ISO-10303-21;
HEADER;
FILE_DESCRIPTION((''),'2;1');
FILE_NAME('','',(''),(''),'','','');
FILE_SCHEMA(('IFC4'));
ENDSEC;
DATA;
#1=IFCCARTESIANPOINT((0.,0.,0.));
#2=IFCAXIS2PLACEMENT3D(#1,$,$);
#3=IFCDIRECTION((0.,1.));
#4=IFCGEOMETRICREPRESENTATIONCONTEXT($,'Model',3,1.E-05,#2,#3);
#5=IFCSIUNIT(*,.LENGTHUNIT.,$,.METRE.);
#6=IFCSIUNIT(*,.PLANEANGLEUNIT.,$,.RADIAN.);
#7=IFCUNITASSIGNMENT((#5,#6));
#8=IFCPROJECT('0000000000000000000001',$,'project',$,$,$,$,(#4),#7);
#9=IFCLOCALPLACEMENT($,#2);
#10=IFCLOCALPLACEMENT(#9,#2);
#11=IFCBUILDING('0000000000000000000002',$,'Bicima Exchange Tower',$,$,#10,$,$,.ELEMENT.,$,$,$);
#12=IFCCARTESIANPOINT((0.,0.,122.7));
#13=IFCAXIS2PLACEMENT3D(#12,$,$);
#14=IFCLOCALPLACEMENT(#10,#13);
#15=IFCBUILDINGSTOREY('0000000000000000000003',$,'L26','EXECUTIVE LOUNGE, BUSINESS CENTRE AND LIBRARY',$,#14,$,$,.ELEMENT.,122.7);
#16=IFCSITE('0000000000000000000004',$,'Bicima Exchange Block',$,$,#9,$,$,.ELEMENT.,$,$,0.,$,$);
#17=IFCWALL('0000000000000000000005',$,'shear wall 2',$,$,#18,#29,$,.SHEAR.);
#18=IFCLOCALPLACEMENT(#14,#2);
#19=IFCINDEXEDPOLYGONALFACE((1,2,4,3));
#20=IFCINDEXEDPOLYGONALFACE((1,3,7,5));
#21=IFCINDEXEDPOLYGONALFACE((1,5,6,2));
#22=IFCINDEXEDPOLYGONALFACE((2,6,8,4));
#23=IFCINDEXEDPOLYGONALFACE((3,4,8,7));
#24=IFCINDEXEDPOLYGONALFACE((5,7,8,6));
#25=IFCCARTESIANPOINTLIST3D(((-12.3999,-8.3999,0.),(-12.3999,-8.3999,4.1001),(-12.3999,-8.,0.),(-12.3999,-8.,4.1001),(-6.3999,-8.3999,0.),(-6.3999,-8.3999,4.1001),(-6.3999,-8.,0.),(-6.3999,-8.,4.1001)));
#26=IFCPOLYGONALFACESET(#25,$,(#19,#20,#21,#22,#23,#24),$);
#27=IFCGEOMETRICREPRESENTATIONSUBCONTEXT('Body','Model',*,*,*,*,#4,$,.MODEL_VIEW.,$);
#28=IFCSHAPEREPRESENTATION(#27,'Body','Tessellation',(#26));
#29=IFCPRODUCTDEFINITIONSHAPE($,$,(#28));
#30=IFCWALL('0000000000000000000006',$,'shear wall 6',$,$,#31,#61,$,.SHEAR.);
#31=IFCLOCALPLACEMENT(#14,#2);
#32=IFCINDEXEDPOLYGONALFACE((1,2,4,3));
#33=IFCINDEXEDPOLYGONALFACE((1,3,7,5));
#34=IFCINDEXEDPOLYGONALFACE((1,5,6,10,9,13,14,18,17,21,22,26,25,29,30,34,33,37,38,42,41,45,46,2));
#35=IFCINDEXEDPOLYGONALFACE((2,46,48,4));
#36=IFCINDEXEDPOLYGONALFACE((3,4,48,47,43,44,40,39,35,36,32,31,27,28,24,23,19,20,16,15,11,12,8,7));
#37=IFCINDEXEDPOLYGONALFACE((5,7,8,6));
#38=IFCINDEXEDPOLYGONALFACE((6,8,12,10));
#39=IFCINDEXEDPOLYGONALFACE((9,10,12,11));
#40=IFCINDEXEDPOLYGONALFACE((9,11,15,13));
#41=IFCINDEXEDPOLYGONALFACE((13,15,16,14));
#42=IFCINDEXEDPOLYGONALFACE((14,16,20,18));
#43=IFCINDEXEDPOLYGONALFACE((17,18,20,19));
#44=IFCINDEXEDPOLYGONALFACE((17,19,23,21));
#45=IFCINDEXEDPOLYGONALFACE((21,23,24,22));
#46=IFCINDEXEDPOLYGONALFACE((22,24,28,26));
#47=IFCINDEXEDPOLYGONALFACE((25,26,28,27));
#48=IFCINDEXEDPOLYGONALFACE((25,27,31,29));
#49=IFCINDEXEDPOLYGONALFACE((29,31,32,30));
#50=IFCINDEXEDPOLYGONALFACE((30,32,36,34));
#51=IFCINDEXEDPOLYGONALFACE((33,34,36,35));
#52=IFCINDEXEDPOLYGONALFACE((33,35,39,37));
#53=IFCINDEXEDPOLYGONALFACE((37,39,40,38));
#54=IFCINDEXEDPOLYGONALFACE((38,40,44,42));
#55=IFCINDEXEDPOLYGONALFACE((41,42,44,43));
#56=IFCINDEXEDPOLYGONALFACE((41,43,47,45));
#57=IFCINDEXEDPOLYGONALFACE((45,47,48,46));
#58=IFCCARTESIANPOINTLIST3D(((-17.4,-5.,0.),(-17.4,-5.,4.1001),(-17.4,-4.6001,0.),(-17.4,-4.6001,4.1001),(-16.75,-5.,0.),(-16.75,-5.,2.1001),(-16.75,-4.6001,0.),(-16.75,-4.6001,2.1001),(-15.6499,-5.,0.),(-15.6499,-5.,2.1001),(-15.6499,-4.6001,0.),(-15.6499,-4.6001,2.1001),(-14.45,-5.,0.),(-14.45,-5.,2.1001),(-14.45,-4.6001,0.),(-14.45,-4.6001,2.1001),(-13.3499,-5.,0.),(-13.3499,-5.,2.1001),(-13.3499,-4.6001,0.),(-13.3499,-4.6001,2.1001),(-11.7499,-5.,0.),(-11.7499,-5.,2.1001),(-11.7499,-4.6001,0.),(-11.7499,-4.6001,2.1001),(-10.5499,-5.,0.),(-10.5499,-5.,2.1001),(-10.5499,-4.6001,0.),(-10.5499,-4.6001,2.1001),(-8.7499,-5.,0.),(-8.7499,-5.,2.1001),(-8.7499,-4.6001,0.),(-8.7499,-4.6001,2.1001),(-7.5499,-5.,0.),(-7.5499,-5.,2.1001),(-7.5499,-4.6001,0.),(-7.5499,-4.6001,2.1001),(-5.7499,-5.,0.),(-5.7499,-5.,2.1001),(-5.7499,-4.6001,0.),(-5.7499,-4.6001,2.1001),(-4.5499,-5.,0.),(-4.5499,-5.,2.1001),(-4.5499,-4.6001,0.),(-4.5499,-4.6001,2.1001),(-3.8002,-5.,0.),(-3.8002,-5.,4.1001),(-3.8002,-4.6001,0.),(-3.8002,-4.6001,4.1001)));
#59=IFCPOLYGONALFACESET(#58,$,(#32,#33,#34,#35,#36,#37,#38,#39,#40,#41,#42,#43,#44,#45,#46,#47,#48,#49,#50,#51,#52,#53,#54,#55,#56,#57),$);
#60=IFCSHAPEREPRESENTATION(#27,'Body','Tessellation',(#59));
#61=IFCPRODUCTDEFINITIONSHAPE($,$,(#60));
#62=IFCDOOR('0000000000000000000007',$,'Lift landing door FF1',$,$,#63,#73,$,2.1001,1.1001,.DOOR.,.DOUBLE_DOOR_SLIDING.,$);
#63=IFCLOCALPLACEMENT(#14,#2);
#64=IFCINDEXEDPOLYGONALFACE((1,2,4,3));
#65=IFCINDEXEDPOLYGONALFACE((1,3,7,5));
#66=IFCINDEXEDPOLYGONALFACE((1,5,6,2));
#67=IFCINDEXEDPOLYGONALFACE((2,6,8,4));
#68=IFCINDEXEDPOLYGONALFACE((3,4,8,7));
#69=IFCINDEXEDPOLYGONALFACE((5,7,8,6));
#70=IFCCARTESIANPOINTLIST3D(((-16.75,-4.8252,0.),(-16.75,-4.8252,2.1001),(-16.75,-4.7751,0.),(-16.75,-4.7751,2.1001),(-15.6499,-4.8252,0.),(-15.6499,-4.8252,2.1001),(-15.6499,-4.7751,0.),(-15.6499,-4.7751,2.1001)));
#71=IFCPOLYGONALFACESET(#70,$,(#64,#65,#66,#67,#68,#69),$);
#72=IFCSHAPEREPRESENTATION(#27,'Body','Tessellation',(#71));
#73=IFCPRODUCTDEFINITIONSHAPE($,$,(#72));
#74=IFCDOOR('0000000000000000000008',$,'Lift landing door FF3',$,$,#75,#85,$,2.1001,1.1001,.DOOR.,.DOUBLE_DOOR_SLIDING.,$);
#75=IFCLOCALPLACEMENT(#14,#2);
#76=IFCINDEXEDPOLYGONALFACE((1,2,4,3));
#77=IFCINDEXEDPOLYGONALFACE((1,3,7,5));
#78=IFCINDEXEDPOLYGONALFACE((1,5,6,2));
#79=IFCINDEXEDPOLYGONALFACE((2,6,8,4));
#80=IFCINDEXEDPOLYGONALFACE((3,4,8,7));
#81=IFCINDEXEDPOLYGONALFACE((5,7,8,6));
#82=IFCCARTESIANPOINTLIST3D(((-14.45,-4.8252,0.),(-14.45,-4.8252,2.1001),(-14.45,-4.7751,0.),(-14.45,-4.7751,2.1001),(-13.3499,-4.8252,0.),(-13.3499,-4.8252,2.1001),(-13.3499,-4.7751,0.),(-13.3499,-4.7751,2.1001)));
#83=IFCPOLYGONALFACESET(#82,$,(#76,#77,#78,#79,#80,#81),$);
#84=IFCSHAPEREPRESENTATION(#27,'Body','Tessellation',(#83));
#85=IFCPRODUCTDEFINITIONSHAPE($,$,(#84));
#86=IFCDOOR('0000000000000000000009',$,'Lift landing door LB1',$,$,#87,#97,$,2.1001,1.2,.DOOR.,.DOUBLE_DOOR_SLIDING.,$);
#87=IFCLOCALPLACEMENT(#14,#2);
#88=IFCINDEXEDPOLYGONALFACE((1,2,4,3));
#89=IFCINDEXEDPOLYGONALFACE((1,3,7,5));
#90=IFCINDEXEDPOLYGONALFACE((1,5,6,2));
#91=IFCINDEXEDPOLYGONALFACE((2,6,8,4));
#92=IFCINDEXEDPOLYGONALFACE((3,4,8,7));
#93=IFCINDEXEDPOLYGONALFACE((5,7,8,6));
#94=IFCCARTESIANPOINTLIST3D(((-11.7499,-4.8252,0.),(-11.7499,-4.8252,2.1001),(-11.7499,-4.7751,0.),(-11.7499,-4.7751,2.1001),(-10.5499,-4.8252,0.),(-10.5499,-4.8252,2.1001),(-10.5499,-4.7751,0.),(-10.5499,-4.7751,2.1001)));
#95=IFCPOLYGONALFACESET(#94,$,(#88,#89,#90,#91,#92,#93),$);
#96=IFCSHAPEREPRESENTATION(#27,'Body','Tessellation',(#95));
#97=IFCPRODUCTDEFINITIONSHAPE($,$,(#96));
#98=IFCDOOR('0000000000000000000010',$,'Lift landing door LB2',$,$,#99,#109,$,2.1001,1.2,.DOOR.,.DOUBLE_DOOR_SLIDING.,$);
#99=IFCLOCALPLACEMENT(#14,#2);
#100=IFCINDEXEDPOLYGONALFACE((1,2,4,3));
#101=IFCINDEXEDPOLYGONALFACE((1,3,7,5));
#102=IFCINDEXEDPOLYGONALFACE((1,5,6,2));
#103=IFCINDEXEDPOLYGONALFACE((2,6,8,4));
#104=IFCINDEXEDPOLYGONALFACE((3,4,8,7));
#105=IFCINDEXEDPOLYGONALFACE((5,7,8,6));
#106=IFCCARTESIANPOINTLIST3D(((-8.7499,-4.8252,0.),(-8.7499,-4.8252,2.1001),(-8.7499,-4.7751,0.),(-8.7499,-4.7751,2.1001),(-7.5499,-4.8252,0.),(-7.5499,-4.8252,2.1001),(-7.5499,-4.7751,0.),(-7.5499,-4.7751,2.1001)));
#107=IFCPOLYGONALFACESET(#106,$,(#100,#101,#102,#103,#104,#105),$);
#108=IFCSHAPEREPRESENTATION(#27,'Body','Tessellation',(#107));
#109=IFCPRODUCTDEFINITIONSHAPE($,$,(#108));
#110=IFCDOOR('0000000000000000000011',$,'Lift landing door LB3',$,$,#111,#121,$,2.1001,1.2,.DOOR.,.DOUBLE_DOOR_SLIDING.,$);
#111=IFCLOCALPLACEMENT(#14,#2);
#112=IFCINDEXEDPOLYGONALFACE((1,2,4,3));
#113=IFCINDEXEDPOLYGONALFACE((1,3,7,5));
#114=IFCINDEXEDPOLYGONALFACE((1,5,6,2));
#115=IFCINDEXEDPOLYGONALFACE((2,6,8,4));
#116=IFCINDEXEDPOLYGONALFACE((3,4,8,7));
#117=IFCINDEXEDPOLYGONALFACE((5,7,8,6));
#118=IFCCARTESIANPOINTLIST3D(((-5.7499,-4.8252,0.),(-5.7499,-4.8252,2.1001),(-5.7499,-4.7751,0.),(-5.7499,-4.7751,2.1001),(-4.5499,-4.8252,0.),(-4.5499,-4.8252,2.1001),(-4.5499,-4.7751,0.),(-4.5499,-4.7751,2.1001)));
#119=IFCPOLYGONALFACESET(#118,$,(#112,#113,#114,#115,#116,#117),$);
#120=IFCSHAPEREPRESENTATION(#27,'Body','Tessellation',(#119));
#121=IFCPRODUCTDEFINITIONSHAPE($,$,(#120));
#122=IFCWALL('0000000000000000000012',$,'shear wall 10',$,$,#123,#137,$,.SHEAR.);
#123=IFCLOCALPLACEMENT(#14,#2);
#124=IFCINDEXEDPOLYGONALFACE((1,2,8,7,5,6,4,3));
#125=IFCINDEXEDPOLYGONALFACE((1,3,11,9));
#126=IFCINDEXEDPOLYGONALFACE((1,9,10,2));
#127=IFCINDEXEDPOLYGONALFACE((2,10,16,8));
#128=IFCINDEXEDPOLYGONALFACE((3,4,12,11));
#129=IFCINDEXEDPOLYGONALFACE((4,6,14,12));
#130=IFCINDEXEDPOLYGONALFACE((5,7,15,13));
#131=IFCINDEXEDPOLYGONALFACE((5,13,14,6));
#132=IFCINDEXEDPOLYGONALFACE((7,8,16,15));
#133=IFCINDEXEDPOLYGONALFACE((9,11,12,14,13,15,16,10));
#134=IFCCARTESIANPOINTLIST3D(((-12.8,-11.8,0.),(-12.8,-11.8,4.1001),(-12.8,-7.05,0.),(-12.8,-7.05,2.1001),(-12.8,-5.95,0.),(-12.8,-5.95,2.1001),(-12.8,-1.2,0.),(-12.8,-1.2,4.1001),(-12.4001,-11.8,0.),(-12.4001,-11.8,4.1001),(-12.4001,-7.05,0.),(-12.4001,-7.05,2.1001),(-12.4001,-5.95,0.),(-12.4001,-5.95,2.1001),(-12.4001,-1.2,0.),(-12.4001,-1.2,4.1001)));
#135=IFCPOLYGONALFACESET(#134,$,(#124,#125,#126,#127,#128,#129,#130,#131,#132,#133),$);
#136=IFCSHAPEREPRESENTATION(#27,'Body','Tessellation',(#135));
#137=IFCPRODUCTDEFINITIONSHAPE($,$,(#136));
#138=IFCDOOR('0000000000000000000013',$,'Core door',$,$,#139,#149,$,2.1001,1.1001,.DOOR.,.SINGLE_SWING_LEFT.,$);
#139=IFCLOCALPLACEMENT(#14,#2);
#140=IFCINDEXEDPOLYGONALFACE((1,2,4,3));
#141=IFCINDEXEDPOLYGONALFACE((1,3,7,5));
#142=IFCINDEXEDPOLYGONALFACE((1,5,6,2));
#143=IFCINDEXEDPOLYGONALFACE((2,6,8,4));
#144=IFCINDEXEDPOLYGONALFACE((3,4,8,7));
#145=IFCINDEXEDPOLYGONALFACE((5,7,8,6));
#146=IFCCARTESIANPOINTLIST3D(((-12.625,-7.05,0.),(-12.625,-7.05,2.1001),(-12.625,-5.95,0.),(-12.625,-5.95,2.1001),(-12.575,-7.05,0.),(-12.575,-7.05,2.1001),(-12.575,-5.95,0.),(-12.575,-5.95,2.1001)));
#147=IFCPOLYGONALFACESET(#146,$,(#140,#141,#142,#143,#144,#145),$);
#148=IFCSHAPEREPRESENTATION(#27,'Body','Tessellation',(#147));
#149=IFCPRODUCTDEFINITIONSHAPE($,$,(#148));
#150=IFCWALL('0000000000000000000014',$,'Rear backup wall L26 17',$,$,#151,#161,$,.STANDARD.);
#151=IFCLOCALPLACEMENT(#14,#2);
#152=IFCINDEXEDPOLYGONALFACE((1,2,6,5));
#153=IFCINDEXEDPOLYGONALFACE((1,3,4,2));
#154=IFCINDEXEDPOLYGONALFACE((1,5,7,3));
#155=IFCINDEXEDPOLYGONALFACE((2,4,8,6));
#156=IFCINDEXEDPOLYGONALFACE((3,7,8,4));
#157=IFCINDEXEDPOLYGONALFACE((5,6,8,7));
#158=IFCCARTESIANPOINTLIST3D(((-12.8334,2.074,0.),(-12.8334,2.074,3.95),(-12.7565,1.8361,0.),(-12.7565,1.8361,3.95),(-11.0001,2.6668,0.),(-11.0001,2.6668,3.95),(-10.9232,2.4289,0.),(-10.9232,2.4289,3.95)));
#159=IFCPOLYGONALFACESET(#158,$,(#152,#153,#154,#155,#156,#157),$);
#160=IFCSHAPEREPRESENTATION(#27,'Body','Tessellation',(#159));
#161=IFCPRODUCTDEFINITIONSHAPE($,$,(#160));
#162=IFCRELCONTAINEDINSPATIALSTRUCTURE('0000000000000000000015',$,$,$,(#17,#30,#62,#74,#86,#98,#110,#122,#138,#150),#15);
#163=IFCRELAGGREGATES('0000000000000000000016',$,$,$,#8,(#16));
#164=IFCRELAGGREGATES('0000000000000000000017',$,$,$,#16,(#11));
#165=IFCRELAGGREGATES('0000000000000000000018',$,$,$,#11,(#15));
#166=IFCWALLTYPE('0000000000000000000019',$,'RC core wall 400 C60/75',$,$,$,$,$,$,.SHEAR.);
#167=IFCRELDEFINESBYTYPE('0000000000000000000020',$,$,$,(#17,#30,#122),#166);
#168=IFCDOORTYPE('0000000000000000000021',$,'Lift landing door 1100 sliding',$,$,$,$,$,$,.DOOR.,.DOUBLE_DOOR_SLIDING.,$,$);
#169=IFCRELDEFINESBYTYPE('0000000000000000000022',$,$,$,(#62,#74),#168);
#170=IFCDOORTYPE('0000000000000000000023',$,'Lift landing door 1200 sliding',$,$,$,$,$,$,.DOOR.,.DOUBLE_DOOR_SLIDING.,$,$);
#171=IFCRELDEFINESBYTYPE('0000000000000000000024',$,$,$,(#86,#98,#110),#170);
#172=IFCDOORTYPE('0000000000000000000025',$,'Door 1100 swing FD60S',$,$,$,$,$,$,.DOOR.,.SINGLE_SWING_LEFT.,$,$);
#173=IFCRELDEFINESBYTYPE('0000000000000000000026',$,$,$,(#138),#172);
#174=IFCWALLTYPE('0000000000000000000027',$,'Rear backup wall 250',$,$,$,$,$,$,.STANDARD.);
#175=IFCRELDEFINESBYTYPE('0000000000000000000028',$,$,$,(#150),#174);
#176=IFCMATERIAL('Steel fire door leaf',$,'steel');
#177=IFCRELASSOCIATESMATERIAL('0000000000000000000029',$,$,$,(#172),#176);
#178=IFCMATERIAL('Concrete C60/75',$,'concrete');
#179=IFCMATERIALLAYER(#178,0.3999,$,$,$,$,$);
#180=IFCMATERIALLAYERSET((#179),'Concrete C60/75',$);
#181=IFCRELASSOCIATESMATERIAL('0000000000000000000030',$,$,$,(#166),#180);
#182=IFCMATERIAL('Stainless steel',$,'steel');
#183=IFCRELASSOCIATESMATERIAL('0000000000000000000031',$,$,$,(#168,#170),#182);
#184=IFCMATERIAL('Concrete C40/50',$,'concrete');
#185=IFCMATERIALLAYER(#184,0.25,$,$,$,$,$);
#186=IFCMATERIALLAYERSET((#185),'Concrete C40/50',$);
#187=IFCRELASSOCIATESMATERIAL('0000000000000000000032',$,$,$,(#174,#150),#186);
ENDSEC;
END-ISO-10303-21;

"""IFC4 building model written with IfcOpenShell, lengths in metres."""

from ifc_helpers import new_model, si_unit, direction, frame, frame_2d, origin, place, context, subcontext, project, spatial, rectangle, extrude, material, layer, layer_set, layer_usage, type_object, element, fill, save


model = new_model("IFC4")

# Units and contexts
model_context = context("Model", 3, precision=1e-05, world=origin(), true_north=direction((0.0, 1.0)))
body_context = subcontext(model_context, "Body", "Model", "MODEL_VIEW")
ifc_project = project(units=[si_unit("LENGTHUNIT", "METRE"), si_unit("PLANEANGLEUNIT", "RADIAN")], contexts=[model_context])

# Site, building, storey
site_placement = place(None, origin())
site = spatial("IfcSite", under=ifc_project, at=site_placement, Name="Bicima Exchange Block", CompositionType="ELEMENT", RefElevation=0.0)
building_placement = place(site_placement, origin())
building = spatial("IfcBuilding", under=site, at=building_placement, Name="Bicima Exchange Tower", CompositionType="ELEMENT")
storey_placement = place(building_placement, frame((0.0, 0.0, 122.7)))
storey = spatial("IfcBuildingStorey", under=building, at=storey_placement, Name="L26", Description="EXECUTIVE LOUNGE, BUSINESS CENTRE AND LIBRARY", CompositionType="ELEMENT", Elevation=122.7)

# Shared definitions
ifc_material_1 = material(Name="Steel fire door leaf", Category="steel")
door_type_1 = type_object("IfcDoorType", Name="Door 1100 swing FD60S", OperationType="SINGLE_SWING_LEFT", PredefinedType="DOOR", material=ifc_material_1)

# Wall
ifc_material_2 = material(Name="Concrete C60/75", Category="concrete")
ifc_layer_1 = layer(ifc_material_2, 0.3999)
ifc_layer_set_1 = layer_set([ifc_layer_1], Name="Concrete C60/75")
wall_type_1 = type_object("IfcWallType", Name="RC core wall 400 C60/75", PredefinedType="SHEAR", material=ifc_layer_set_1)
wall_1_placement = place(storey_placement, frame((-12.3999, -8.2, 0.0), z_axis=(0.0, 0.0, 1.0), x_axis=(1.0, 0.0, 0.0)))
element("IfcWall", 1, at=wall_1_placement, inside=storey, type_object=wall_type_1, Name="shear wall 2", PredefinedType="SHEAR", context=body_context, shape_type="SweptSolid", body=[
    extrude(rectangle(XDim=6.0, YDim=0.3999, at=frame_2d((3.0, 0.0))), origin(), (0.0, 0.0, 1.0), 4.1001),
])

# Wall, openings, doors
wall_2_placement = place(storey_placement, frame((-17.3999, -4.8, 0.0), z_axis=(0.0, 0.0, 1.0), x_axis=(1.0, 0.0, 0.0)))
wall_2 = element("IfcWall", 2, at=wall_2_placement, inside=storey, type_object=wall_type_1, Name="shear wall 6", PredefinedType="SHEAR", context=body_context, shape_type="SweptSolid", body=[
    extrude(rectangle(XDim=13.5999, YDim=0.3999, at=frame_2d((6.7998, 0.0))), origin(), (0.0, 0.0, 1.0), 4.1001),
])
opening_1_placement = place(wall_2_placement, frame((0.6499, 0.0, 0.0)))
opening_1 = element("IfcOpeningElement", 3, at=opening_1_placement, cuts=wall_2, PredefinedType="OPENING", context=body_context, shape_type="SweptSolid", body=[
    extrude(rectangle(XDim=1.1001, YDim=2.1001, at=frame_2d((0.55, 1.05))), frame((0.0, 0.2119, 0.0), z_axis=(0.0, -1.0, 0.0), x_axis=(1.0, 0.0, 0.0)), (0.0, 0.0, 1.0), 0.4238),
])
opening_2_placement = place(wall_2_placement, frame((2.95, 0.0, 0.0)))
opening_2 = element("IfcOpeningElement", 4, at=opening_2_placement, cuts=wall_2, PredefinedType="OPENING", context=body_context, shape_type="SweptSolid", body=[
    extrude(rectangle(XDim=1.1001, YDim=2.1001, at=frame_2d((0.55, 1.05))), frame((0.0, 0.2119, 0.0), z_axis=(0.0, -1.0, 0.0), x_axis=(1.0, 0.0, 0.0)), (0.0, 0.0, 1.0), 0.4238),
])
opening_3_placement = place(wall_2_placement, frame((5.6499, 0.0, 0.0)))
opening_3 = element("IfcOpeningElement", 5, at=opening_3_placement, cuts=wall_2, PredefinedType="OPENING", context=body_context, shape_type="SweptSolid", body=[
    extrude(rectangle(XDim=1.2, YDim=2.1001, at=frame_2d((0.6001, 1.05))), frame((0.0, 0.2119, 0.0), z_axis=(0.0, -1.0, 0.0), x_axis=(1.0, 0.0, 0.0)), (0.0, 0.0, 1.0), 0.4238),
])
opening_4_placement = place(wall_2_placement, frame((8.6499, 0.0, 0.0)))
opening_4 = element("IfcOpeningElement", 6, at=opening_4_placement, cuts=wall_2, PredefinedType="OPENING", context=body_context, shape_type="SweptSolid", body=[
    extrude(rectangle(XDim=1.2, YDim=2.1001, at=frame_2d((0.6001, 1.05))), frame((0.0, 0.2119, 0.0), z_axis=(0.0, -1.0, 0.0), x_axis=(1.0, 0.0, 0.0)), (0.0, 0.0, 1.0), 0.4238),
])
opening_5_placement = place(wall_2_placement, frame((11.6499, 0.0, 0.0)))
opening_5 = element("IfcOpeningElement", 7, at=opening_5_placement, cuts=wall_2, PredefinedType="OPENING", context=body_context, shape_type="SweptSolid", body=[
    extrude(rectangle(XDim=1.2, YDim=2.1001, at=frame_2d((0.6001, 1.05))), frame((0.0, 0.2119, 0.0), z_axis=(0.0, -1.0, 0.0), x_axis=(1.0, 0.0, 0.0)), (0.0, 0.0, 1.0), 0.4238),
])
ifc_material_3 = material(Name="Stainless steel", Category="steel")
door_type_2 = type_object("IfcDoorType", Name="Lift landing door 1100 sliding", OperationType="DOUBLE_DOOR_SLIDING", PredefinedType="DOOR", material=ifc_material_3)
door_1_placement = place(opening_1_placement, origin())
door_1 = element("IfcDoor", 8, at=door_1_placement, inside=storey, type_object=door_type_2, Name="Lift landing door FF1", OperationType="DOUBLE_DOOR_SLIDING", OverallHeight=2.1001, OverallWidth=1.1001, PredefinedType="DOOR", context=body_context, shape_type="SweptSolid", body=[
    extrude(rectangle(XDim=1.1001, YDim=2.1001, at=frame_2d((0.55, 1.05))), frame((0.0, 0.0249, 0.0), z_axis=(0.0, -1.0, 0.0), x_axis=(1.0, 0.0, 0.0)), (0.0, 0.0, 1.0), 0.05),
])
fill(opening_1, door_1)
door_2_placement = place(opening_2_placement, origin())
door_2 = element("IfcDoor", 9, at=door_2_placement, inside=storey, type_object=door_type_2, Name="Lift landing door FF3", OperationType="DOUBLE_DOOR_SLIDING", OverallHeight=2.1001, OverallWidth=1.1001, PredefinedType="DOOR", context=body_context, shape_type="SweptSolid", body=[
    extrude(rectangle(XDim=1.1001, YDim=2.1001, at=frame_2d((0.55, 1.05))), frame((0.0, 0.0249, 0.0), z_axis=(0.0, -1.0, 0.0), x_axis=(1.0, 0.0, 0.0)), (0.0, 0.0, 1.0), 0.05),
])
fill(opening_2, door_2)
door_type_3 = type_object("IfcDoorType", Name="Lift landing door 1200 sliding", OperationType="DOUBLE_DOOR_SLIDING", PredefinedType="DOOR", material=ifc_material_3)
door_3_placement = place(opening_3_placement, origin())
door_3 = element("IfcDoor", 10, at=door_3_placement, inside=storey, type_object=door_type_3, Name="Lift landing door LB1", OperationType="DOUBLE_DOOR_SLIDING", OverallHeight=2.1001, OverallWidth=1.2, PredefinedType="DOOR", context=body_context, shape_type="SweptSolid", body=[
    extrude(rectangle(XDim=1.2, YDim=2.1001, at=frame_2d((0.6001, 1.05))), frame((0.0, 0.0249, 0.0), z_axis=(0.0, -1.0, 0.0), x_axis=(1.0, 0.0, 0.0)), (0.0, 0.0, 1.0), 0.05),
])
fill(opening_3, door_3)
door_4_placement = place(opening_4_placement, origin())
door_4 = element("IfcDoor", 11, at=door_4_placement, inside=storey, type_object=door_type_3, Name="Lift landing door LB2", OperationType="DOUBLE_DOOR_SLIDING", OverallHeight=2.1001, OverallWidth=1.2, PredefinedType="DOOR", context=body_context, shape_type="SweptSolid", body=[
    extrude(rectangle(XDim=1.2, YDim=2.1001, at=frame_2d((0.6001, 1.05))), frame((0.0, 0.0249, 0.0), z_axis=(0.0, -1.0, 0.0), x_axis=(1.0, 0.0, 0.0)), (0.0, 0.0, 1.0), 0.05),
])
fill(opening_4, door_4)
door_5_placement = place(opening_5_placement, origin())
door_5 = element("IfcDoor", 12, at=door_5_placement, inside=storey, type_object=door_type_3, Name="Lift landing door LB3", OperationType="DOUBLE_DOOR_SLIDING", OverallHeight=2.1001, OverallWidth=1.2, PredefinedType="DOOR", context=body_context, shape_type="SweptSolid", body=[
    extrude(rectangle(XDim=1.2, YDim=2.1001, at=frame_2d((0.6001, 1.05))), frame((0.0, 0.0249, 0.0), z_axis=(0.0, -1.0, 0.0), x_axis=(1.0, 0.0, 0.0)), (0.0, 0.0, 1.0), 0.05),
])
fill(opening_5, door_5)

# Wall, opening, door
wall_3_placement = place(storey_placement, frame((-12.6001, -11.8, 0.0), z_axis=(0.0, 0.0, 1.0), x_axis=(0.0, 1.0, 0.0)))
wall_3 = element("IfcWall", 13, at=wall_3_placement, inside=storey, type_object=wall_type_1, Name="shear wall 10", PredefinedType="SHEAR", context=body_context, shape_type="SweptSolid", body=[
    extrude(rectangle(XDim=10.6001, YDim=0.3999, at=frame_2d((5.3, 0.0))), origin(), (0.0, 0.0, 1.0), 4.1001),
])
opening_6_placement = place(wall_3_placement, frame((4.75, 0.0, 0.0)))
opening_6 = element("IfcOpeningElement", 14, at=opening_6_placement, cuts=wall_3, PredefinedType="OPENING", context=body_context, shape_type="SweptSolid", body=[
    extrude(rectangle(XDim=1.1001, YDim=2.1001, at=frame_2d((0.55, 1.05))), frame((0.0, 0.2119, 0.0), z_axis=(0.0, -1.0, 0.0), x_axis=(1.0, 0.0, 0.0)), (0.0, 0.0, 1.0), 0.4238),
])
door_6_placement = place(opening_6_placement, origin())
door_6 = element("IfcDoor", 15, at=door_6_placement, inside=storey, type_object=door_type_1, Name="Core door", OperationType="SINGLE_SWING_LEFT", OverallHeight=2.1001, OverallWidth=1.1001, PredefinedType="DOOR", context=body_context, shape_type="SweptSolid", body=[
    extrude(rectangle(XDim=1.1001, YDim=2.1001, at=frame_2d((0.55, 1.05))), frame((0.0, 0.0249, 0.0), z_axis=(0.0, -1.0, 0.0), x_axis=(1.0, 0.0, 0.0)), (0.0, 0.0, 1.0), 0.05),
])
fill(opening_6, door_6)

# Wall
ifc_material_4 = material(Name="Concrete C40/50", Category="concrete")
ifc_layer_2 = layer(ifc_material_4, 0.25)
ifc_layer_set_2 = layer_set([ifc_layer_2], Name="Concrete C40/50")
ifc_layer_usage = layer_usage(ifc_layer_set_2, "AXIS2", "POSITIVE", -0.125)
wall_type_2 = type_object("IfcWallType", Name="Rear backup wall 250", PredefinedType="STANDARD", material=ifc_layer_set_2)
wall_4_placement = place(storey_placement, frame((-10.9617, 2.5479, 0.0), z_axis=(0.0, 0.0, 1.0), x_axis=(-0.951496, -0.307662, 0.0)))
element("IfcWall", 16, at=wall_4_placement, inside=storey, type_object=wall_type_2, material=ifc_layer_usage, Name="Rear backup wall L26 17", PredefinedType="STANDARD", context=body_context, shape_type="SweptSolid", body=[
    extrude(rectangle(XDim=1.9268, YDim=0.25, at=frame_2d((0.9634, 0.0))), origin(), (0.0, 0.0, 1.0), 3.95),
])

save(model, "model.ifc")
